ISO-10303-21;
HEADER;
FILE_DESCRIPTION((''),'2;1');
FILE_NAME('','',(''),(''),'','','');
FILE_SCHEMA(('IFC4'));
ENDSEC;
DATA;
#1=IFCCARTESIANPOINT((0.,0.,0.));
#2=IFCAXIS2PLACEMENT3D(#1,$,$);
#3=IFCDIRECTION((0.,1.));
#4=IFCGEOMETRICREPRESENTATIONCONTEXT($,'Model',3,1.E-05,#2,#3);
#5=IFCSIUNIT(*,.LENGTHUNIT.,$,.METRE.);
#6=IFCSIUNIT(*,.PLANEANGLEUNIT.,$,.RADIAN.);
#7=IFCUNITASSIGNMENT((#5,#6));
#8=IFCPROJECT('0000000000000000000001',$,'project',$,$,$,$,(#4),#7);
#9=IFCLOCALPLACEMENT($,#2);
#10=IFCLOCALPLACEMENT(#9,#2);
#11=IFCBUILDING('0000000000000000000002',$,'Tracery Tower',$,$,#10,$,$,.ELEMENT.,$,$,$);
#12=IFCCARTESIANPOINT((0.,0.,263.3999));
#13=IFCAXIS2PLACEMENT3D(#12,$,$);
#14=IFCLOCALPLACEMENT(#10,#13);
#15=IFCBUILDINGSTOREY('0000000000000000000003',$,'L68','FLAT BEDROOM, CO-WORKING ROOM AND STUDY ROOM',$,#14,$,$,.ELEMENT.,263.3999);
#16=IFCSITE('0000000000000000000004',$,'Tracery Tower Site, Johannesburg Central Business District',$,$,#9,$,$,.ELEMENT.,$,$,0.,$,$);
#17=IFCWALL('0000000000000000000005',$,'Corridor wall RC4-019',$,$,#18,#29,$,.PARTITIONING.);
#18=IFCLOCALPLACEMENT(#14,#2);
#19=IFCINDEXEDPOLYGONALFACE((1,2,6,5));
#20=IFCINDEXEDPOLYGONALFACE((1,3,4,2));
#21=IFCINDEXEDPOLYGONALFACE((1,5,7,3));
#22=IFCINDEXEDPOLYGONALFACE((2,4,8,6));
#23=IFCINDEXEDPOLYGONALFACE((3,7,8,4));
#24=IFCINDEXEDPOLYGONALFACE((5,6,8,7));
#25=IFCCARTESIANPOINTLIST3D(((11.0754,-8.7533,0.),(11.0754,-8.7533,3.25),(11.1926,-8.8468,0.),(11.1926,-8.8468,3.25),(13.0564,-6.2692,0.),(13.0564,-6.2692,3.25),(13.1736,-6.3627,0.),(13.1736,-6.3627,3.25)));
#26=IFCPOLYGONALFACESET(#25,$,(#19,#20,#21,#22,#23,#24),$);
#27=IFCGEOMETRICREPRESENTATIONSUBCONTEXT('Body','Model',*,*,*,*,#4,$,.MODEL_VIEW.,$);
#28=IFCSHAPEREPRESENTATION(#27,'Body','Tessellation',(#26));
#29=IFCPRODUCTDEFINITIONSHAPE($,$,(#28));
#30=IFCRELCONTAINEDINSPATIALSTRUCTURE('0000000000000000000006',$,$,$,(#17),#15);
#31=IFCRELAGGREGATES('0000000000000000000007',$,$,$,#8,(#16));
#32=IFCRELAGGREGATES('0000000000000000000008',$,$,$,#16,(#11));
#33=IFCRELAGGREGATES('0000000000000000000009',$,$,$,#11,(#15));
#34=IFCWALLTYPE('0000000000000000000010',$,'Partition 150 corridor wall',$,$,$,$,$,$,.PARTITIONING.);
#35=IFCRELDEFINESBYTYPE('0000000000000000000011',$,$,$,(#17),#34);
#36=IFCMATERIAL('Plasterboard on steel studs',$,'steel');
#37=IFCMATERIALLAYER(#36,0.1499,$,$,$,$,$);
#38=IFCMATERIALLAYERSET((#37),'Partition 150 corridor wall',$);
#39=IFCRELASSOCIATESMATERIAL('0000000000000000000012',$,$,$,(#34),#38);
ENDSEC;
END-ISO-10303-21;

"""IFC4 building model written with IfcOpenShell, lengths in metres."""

from ifc_helpers import new_model, si_unit, direction, frame, frame_2d, origin, place, context, subcontext, project, spatial, rectangle, extrude, material, layer, layer_set, type_object, element, save


model = new_model("IFC4")

# Units and contexts
model_context = context("Model", 3, precision=1e-05, world=origin(), true_north=direction((0.0, 1.0)))
body_context = subcontext(model_context, "Body", "Model", "MODEL_VIEW")
ifc_project = project(units=[si_unit("LENGTHUNIT", "METRE"), si_unit("PLANEANGLEUNIT", "RADIAN")], contexts=[model_context])

# Site, building, storey
site_placement = place(None, origin())
site = spatial("IfcSite", under=ifc_project, at=site_placement, Name="Tracery Tower Site, Johannesburg Central Business District", CompositionType="ELEMENT", RefElevation=0.0)
building_placement = place(site_placement, origin())
building = spatial("IfcBuilding", under=site, at=building_placement, Name="Tracery Tower", CompositionType="ELEMENT")
storey_placement = place(building_placement, frame((0.0, 0.0, 263.3999)))
storey = spatial("IfcBuildingStorey", under=building, at=storey_placement, Name="L68", Description="FLAT BEDROOM, CO-WORKING ROOM AND STUDY ROOM", CompositionType="ELEMENT", Elevation=263.3999)

# Shared definitions
ifc_material_1 = material(Name="Plasterboard on steel studs", Category="steel")
ifc_layer_1 = layer(ifc_material_1, 0.1499)
ifc_layer_set_1 = layer_set([ifc_layer_1], Name="Partition 150 corridor wall")
wall_type_1 = type_object("IfcWallType", Name="Partition 150 corridor wall", PredefinedType="PARTITIONING", material=ifc_layer_set_1)

# Wall
wall_1_placement = place(storey_placement, frame((11.134, -8.8, 0.0), z_axis=(0.0, 0.0, 1.0), x_axis=(0.623476, 0.781842, 0.0)))
element("IfcWall", 1, at=wall_1_placement, inside=storey, type_object=wall_type_1, Name="Corridor wall RC4-019", PredefinedType="PARTITIONING", context=body_context, shape_type="SweptSolid", body=[
    extrude(rectangle(XDim=3.1772, YDim=0.1499, at=frame_2d((1.5886, 0.0))), origin(), (0.0, 0.0, 1.0), 3.25),
])

save(model, "model.ifc")
